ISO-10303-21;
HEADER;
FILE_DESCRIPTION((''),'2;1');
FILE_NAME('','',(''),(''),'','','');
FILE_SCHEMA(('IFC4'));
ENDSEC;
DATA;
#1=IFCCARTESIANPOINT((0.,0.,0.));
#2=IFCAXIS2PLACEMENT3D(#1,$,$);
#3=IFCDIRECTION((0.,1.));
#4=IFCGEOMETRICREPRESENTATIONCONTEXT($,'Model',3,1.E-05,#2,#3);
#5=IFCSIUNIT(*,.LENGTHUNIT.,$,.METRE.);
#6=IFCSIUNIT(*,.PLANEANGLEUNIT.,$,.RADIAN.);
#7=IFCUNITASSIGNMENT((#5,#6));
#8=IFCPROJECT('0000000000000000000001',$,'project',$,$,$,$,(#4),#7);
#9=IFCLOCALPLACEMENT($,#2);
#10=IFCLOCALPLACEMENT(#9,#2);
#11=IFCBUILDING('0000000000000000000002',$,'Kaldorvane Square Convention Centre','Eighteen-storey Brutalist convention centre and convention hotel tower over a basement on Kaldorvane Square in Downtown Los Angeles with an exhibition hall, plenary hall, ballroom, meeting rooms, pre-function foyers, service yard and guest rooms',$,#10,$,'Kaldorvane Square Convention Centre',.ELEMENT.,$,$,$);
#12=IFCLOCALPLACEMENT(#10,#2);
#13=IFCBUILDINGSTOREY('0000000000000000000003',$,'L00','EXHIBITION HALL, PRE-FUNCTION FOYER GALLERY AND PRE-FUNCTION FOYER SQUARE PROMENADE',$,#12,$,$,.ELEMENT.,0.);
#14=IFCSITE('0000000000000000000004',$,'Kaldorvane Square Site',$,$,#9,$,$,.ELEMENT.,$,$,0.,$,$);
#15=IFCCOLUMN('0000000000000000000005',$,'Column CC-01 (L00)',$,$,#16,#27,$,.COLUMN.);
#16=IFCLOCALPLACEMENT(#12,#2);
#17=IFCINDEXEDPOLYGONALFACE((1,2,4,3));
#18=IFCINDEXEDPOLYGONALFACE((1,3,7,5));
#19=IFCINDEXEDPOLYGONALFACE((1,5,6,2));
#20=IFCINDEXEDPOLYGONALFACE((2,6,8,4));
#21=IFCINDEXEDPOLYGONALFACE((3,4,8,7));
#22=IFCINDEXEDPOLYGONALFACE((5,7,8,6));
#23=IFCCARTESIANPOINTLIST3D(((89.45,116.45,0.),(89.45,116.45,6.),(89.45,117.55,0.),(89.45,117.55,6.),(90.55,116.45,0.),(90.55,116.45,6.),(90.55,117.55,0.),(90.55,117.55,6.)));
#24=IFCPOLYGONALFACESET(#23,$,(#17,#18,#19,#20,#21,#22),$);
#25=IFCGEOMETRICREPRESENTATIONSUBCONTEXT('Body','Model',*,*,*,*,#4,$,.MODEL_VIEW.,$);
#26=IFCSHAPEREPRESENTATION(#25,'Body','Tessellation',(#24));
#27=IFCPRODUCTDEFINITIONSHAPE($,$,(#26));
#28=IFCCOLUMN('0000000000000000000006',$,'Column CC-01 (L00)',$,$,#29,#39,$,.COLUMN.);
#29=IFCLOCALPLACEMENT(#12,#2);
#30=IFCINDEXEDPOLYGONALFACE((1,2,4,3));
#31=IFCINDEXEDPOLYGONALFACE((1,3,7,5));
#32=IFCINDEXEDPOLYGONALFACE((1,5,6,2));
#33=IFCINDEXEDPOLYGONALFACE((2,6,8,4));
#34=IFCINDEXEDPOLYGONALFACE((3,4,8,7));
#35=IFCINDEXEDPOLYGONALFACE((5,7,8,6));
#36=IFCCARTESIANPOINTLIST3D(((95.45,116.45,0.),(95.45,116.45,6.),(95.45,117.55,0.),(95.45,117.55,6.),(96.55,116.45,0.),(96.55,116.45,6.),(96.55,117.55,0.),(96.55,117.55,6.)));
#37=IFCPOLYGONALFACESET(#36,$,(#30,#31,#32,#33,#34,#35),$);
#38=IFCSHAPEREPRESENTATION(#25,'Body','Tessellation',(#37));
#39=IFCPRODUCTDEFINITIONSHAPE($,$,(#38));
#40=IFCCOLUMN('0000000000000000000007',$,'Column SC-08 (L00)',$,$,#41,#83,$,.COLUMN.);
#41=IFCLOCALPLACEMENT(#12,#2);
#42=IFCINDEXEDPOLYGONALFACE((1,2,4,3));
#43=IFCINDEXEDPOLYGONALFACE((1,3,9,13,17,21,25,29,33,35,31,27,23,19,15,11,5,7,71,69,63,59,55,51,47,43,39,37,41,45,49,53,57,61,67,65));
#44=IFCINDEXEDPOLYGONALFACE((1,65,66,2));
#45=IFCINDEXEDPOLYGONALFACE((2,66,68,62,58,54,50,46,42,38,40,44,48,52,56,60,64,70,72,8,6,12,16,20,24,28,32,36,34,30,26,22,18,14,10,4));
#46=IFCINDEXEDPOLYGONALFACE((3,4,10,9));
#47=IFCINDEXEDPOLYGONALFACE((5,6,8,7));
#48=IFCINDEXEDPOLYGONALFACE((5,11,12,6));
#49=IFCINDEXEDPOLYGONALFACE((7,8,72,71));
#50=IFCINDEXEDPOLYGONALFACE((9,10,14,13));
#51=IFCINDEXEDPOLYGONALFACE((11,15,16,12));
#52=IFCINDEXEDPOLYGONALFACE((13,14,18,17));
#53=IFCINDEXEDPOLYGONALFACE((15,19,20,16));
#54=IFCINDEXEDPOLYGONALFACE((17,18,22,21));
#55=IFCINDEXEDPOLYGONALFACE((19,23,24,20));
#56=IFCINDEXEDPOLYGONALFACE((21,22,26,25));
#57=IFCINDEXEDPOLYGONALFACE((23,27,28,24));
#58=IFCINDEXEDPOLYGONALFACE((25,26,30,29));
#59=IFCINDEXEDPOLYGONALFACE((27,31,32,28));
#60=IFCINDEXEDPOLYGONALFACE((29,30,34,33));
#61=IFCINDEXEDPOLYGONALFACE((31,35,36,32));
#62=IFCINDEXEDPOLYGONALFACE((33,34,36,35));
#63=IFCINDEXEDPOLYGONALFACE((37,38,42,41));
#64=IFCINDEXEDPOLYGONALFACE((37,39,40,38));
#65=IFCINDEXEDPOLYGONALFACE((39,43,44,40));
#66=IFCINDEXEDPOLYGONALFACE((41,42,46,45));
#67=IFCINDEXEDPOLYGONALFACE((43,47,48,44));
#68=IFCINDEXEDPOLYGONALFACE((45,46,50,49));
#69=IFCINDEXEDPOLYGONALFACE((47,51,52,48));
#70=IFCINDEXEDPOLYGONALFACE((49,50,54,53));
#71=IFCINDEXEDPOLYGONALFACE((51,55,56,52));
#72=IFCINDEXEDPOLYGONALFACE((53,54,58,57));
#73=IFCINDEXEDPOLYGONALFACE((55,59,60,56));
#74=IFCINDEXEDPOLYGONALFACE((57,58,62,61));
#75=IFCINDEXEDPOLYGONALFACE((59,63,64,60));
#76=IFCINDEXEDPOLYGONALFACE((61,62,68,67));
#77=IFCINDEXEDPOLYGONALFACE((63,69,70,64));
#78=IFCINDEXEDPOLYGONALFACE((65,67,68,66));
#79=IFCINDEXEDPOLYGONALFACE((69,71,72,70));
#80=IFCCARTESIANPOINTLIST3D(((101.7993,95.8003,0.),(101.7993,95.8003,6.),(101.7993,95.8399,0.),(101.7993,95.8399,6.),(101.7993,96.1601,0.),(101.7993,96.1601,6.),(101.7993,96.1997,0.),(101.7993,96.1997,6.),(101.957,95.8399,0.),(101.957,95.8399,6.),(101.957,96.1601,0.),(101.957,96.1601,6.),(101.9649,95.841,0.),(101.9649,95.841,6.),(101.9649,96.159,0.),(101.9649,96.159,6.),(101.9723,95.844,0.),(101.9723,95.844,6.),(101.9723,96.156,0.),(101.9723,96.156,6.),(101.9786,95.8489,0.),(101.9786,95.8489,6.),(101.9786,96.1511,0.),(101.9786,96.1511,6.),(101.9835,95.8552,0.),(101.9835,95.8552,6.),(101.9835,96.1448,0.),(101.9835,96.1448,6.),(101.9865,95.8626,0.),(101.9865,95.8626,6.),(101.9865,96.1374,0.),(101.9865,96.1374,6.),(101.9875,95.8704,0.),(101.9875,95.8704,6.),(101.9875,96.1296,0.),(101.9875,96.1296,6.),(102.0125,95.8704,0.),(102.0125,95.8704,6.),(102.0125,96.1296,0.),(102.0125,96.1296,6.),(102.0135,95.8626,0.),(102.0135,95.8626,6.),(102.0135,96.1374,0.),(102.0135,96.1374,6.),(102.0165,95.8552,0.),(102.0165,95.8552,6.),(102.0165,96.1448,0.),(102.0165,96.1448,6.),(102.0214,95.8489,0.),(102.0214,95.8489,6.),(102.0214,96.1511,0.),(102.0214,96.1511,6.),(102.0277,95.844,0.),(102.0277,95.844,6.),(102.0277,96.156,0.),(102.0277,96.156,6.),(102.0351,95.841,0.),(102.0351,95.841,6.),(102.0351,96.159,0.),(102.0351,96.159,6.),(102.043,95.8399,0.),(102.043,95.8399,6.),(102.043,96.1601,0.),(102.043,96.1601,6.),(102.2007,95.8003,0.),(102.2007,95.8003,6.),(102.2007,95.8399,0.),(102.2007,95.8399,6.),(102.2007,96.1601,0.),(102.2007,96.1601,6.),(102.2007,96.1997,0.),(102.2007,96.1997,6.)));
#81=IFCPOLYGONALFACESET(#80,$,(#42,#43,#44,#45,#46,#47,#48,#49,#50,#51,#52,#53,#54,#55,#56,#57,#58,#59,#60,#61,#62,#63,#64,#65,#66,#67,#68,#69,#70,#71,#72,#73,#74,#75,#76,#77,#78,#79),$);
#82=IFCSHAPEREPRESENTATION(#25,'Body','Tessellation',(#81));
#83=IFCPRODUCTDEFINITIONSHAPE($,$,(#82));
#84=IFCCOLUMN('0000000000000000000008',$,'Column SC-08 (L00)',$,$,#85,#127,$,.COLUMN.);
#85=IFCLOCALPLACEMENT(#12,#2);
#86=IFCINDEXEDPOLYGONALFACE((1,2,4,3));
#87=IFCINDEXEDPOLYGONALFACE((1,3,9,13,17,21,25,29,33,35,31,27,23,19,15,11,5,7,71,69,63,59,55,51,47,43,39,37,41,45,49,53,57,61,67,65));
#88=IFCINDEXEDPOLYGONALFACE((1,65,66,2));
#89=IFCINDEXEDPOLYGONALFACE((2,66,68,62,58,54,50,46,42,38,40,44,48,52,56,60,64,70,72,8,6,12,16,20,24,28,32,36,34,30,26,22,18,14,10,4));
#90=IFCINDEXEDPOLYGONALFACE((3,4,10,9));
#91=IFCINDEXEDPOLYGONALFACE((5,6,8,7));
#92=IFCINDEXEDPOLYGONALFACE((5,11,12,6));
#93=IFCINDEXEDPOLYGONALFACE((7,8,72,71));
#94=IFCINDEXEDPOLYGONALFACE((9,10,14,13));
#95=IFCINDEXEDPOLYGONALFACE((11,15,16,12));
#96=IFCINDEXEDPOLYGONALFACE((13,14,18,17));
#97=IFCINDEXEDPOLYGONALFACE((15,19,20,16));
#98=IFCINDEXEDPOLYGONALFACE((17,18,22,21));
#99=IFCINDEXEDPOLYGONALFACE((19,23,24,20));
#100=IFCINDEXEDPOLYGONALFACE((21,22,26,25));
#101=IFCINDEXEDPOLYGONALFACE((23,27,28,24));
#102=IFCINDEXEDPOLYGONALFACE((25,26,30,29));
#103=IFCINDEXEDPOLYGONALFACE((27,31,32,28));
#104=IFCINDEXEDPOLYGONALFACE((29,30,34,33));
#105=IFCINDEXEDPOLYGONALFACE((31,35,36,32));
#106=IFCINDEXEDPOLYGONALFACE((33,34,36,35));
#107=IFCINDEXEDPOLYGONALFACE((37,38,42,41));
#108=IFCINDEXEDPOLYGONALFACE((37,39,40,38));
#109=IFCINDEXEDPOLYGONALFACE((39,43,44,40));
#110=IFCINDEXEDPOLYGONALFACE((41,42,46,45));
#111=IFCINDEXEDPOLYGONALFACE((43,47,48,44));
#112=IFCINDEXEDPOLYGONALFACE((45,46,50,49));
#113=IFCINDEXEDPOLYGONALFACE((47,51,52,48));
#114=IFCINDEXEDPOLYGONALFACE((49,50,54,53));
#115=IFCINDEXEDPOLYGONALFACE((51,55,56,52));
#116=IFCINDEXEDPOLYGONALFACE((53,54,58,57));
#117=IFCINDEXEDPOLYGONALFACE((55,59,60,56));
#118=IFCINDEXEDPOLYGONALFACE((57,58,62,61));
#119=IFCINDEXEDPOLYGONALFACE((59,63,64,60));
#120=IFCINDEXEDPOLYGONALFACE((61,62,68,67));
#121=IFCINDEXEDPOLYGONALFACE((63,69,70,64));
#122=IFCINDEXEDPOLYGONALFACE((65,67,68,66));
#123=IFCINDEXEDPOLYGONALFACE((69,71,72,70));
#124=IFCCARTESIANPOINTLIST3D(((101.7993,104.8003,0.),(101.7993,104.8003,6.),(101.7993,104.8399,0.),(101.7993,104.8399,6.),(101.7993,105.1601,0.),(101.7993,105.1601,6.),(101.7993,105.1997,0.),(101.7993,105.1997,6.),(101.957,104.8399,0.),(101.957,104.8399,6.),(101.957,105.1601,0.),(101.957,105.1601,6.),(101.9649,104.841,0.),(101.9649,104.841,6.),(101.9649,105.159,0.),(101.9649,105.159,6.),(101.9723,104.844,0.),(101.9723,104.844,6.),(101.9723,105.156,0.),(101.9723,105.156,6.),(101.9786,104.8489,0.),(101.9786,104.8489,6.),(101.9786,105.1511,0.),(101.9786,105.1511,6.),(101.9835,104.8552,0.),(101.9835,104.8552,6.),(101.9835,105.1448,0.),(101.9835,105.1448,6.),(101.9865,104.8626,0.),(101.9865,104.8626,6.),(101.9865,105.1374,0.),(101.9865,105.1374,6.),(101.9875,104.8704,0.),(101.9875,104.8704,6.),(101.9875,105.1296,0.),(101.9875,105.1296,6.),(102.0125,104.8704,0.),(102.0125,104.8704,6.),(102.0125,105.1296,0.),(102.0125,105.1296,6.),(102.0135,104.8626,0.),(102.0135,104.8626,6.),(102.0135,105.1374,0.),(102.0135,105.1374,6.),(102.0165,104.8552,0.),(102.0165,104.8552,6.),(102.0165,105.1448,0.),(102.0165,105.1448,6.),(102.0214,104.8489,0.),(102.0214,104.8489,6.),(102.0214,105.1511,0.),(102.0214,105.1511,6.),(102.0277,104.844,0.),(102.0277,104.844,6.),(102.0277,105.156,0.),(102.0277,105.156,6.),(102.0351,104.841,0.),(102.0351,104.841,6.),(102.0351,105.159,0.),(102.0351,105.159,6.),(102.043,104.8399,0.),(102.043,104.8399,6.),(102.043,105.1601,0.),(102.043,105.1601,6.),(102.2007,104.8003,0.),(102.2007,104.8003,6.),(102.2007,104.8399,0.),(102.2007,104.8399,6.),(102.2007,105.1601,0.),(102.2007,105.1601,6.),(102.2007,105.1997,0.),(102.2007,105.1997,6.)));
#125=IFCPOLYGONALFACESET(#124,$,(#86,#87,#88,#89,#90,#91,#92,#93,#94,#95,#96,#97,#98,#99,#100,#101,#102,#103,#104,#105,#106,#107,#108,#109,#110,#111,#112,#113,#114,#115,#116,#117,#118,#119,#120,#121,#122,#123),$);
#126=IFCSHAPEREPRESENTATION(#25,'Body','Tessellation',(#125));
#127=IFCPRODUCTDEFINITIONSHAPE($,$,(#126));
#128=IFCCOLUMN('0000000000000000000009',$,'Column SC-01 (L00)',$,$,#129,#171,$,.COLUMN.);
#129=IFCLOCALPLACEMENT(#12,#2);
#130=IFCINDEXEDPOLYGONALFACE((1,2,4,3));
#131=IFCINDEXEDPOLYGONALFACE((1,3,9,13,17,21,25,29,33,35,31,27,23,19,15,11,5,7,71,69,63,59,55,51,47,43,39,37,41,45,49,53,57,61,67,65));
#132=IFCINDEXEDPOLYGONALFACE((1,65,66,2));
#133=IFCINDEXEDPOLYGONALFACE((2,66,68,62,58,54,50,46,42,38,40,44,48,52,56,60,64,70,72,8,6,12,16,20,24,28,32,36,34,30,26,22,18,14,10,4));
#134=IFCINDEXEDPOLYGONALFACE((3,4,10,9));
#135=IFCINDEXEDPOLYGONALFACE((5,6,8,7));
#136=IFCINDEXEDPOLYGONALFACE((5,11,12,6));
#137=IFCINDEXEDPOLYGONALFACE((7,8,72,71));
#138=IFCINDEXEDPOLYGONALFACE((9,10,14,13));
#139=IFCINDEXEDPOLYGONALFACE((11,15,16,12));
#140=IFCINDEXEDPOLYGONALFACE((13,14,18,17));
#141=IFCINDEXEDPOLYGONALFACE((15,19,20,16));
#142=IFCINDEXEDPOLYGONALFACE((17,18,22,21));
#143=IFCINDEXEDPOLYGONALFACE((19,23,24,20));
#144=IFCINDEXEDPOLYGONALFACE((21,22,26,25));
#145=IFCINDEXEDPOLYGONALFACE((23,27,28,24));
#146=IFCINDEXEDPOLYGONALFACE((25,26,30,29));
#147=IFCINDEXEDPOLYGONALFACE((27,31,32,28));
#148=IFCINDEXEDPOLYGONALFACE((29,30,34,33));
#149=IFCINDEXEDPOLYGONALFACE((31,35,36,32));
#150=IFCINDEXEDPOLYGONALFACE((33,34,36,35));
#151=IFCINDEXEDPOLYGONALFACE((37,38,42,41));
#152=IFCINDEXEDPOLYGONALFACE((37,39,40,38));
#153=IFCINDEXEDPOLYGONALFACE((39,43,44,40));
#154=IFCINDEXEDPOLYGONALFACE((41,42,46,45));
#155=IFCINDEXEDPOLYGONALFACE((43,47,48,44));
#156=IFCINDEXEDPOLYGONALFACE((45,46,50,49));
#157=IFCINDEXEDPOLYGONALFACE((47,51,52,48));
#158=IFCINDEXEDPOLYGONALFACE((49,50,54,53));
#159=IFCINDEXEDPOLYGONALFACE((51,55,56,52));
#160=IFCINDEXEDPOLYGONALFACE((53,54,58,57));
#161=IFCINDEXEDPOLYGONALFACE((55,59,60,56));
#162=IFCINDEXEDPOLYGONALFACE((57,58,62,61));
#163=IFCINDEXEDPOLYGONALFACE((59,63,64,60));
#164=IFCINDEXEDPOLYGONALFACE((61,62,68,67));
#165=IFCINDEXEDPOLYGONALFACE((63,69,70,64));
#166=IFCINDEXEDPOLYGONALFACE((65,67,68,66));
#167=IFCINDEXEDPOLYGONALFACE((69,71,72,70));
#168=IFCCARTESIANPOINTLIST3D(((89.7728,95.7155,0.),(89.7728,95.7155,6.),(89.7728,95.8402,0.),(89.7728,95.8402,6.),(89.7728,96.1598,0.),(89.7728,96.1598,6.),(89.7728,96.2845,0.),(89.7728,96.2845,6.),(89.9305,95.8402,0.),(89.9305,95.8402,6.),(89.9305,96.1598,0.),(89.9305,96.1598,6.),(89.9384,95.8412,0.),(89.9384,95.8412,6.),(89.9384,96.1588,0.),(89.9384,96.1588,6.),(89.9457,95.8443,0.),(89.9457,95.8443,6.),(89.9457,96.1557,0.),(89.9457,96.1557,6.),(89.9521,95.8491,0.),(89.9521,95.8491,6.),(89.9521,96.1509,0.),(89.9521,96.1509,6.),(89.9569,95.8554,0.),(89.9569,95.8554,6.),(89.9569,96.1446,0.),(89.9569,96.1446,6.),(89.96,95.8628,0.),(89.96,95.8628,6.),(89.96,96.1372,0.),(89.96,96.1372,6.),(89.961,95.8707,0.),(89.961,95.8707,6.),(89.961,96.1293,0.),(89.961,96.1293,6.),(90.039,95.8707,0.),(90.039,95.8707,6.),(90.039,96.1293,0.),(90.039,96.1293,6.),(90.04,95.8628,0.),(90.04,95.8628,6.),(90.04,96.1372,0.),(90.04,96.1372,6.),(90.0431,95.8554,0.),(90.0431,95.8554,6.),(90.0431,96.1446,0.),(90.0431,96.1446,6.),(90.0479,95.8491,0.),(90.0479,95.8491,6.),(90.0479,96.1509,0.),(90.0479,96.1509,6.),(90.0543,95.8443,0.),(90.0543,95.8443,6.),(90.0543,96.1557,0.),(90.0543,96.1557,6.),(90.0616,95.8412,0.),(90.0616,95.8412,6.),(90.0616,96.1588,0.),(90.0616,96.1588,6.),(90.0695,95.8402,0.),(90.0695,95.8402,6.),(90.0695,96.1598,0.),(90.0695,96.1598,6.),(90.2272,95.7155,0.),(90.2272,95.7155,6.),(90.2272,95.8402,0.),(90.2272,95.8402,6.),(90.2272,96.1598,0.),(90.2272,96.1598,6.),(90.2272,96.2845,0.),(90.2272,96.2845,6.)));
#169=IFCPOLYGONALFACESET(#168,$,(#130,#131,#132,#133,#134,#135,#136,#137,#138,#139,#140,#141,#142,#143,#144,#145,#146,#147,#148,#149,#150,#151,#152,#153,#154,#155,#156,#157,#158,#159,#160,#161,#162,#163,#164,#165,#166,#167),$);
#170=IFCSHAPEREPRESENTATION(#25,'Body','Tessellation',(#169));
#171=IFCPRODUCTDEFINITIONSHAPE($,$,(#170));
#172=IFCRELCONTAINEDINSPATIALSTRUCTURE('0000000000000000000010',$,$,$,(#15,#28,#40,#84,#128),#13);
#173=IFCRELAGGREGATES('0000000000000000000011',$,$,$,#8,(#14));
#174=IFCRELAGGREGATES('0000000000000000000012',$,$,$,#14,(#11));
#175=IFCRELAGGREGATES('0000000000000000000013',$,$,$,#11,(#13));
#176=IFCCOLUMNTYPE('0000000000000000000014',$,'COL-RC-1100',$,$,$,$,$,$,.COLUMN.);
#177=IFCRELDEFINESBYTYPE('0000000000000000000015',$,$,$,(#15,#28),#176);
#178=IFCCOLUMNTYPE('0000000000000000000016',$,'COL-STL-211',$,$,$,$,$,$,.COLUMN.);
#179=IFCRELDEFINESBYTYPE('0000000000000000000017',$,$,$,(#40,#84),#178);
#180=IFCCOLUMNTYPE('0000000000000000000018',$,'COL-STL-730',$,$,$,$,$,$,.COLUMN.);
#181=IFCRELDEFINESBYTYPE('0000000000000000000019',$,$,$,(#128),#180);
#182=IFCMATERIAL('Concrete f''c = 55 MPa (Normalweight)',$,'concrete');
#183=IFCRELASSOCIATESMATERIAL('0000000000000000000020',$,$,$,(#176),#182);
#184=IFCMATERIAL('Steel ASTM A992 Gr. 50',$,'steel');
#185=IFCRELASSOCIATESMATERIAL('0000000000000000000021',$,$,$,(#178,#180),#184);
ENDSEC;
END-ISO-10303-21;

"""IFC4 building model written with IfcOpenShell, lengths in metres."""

from ifc_helpers import new_model, si_unit, direction, frame, origin, origin_2d, place, context, subcontext, project, spatial, rectangle, i_section, extrude, material, material_profile, profile_set, type_object, element, save


model = new_model("IFC4")

# Units and contexts
model_context = context("Model", 3, precision=1e-05, world=origin(), true_north=direction((0.0, 1.0)))
body_context = subcontext(model_context, "Body", "Model", "MODEL_VIEW")
ifc_project = project(units=[si_unit("LENGTHUNIT", "METRE"), si_unit("PLANEANGLEUNIT", "RADIAN")], contexts=[model_context])

# Site, building, storey
site_placement = place(None, origin())
site = spatial("IfcSite", under=ifc_project, at=site_placement, Name="Kaldorvane Square Site", CompositionType="ELEMENT", RefElevation=0.0)
building_placement = place(site_placement, origin())
building = spatial("IfcBuilding", under=site, at=building_placement, Name="Kaldorvane Square Convention Centre", Description="Eighteen-storey Brutalist convention centre and convention hotel tower over a basement on Kaldorvane Square in Downtown Los Angeles with an exhibition hall, plenary hall, ballroom, meeting rooms, pre-function foyers, service yard and guest rooms", LongName="Kaldorvane Square Convention Centre", CompositionType="ELEMENT")
storey_placement = place(building_placement, origin())
storey = spatial("IfcBuildingStorey", under=building, at=storey_placement, Name="L00", Description="EXHIBITION HALL, PRE-FUNCTION FOYER GALLERY AND PRE-FUNCTION FOYER SQUARE PROMENADE", CompositionType="ELEMENT", Elevation=0.0)

# Columns
ifc_material_1 = material(Name="Concrete f'c = 55 MPa (Normalweight)", Category="concrete")
ifc_material_profile_1 = material_profile(ifc_material_1, rectangle(XDim=1.1, YDim=1.1, at=origin_2d()), Name="RC1100X1100")
ifc_profile_set_1 = profile_set([ifc_material_profile_1], Name="Concrete f'c = 55 MPa (Normalweight)")
column_type_1 = type_object("IfcColumnType", Name="COL-RC-1100", PredefinedType="COLUMN", material=ifc_profile_set_1)
for number, where, z_axis, x_axis, name in (
    (1, (90.0, 117.0, 0.0), (0.0, 0.0, 1.0), (1.0, 0.0, 0.0), "Column CC-01 (L00)"),
    (2, (96.0, 117.0, 0.0), (0.0, 0.0, 1.0), (1.0, 0.0, 0.0), "Column CC-01 (L00)"),
):
    element("IfcColumn", number, at=place(storey_placement, frame(where, z_axis=z_axis, x_axis=x_axis)), inside=storey, type_object=column_type_1, Name=name, PredefinedType="COLUMN", context=body_context, shape_type="SweptSolid", body=[
        extrude(rectangle(XDim=1.1, YDim=1.1, at=origin_2d()), origin(), (0.0, 0.0, 1.0), 6.0),
    ])
ifc_material_2 = material(Name="Steel ASTM A992 Gr. 50", Category="steel")
ifc_material_profile_2 = material_profile(ifc_material_2, i_section(OverallWidth=0.4013, OverallDepth=0.3993, WebThickness=0.0249, FlangeThickness=0.0396, FilletRadius=0.0305, at=origin_2d()), Name="W14X211")
ifc_profile_set_2 = profile_set([ifc_material_profile_2], Name="Steel ASTM A992 Gr. 50")
column_type_2 = type_object("IfcColumnType", Name="COL-STL-211", PredefinedType="COLUMN", material=ifc_profile_set_2)
for number, where, z_axis, x_axis, name in (
    (3, (102.0, 96.0, 0.0), (0.0, 0.0, 1.0), (1.0, 0.0, 0.0), "Column SC-08 (L00)"),
    (4, (102.0, 105.0, 0.0), (0.0, 0.0, 1.0), (1.0, 0.0, 0.0), "Column SC-08 (L00)"),
):
    element("IfcColumn", number, at=place(storey_placement, frame(where, z_axis=z_axis, x_axis=x_axis)), inside=storey, type_object=column_type_2, Name=name, PredefinedType="COLUMN", context=body_context, shape_type="SweptSolid", body=[
        extrude(i_section(OverallWidth=0.4013, OverallDepth=0.3993, WebThickness=0.0249, FlangeThickness=0.0396, FilletRadius=0.0305, at=origin_2d()), origin(), (0.0, 0.0, 1.0), 6.0),
    ])
ifc_material_profile_3 = material_profile(ifc_material_2, i_section(OverallWidth=0.4544, OverallDepth=0.569, WebThickness=0.078, FlangeThickness=0.1247, FilletRadius=0.0305, at=origin_2d()), Name="W14X730")
ifc_profile_set_3 = profile_set([ifc_material_profile_3], Name="Steel ASTM A992 Gr. 50")
column_type_3 = type_object("IfcColumnType", Name="COL-STL-730", PredefinedType="COLUMN", material=ifc_profile_set_3)
for number, where, z_axis, x_axis, name in (
    (5, (90.0, 96.0, 0.0), (0.0, 0.0, 1.0), (1.0, 0.0, 0.0), "Column SC-01 (L00)"),
):
    element("IfcColumn", number, at=place(storey_placement, frame(where, z_axis=z_axis, x_axis=x_axis)), inside=storey, type_object=column_type_3, Name=name, PredefinedType="COLUMN", context=body_context, shape_type="SweptSolid", body=[
        extrude(i_section(OverallWidth=0.4544, OverallDepth=0.569, WebThickness=0.078, FlangeThickness=0.1247, FilletRadius=0.0305, at=origin_2d()), origin(), (0.0, 0.0, 1.0), 6.0),
    ])

save(model, "model.ifc")
